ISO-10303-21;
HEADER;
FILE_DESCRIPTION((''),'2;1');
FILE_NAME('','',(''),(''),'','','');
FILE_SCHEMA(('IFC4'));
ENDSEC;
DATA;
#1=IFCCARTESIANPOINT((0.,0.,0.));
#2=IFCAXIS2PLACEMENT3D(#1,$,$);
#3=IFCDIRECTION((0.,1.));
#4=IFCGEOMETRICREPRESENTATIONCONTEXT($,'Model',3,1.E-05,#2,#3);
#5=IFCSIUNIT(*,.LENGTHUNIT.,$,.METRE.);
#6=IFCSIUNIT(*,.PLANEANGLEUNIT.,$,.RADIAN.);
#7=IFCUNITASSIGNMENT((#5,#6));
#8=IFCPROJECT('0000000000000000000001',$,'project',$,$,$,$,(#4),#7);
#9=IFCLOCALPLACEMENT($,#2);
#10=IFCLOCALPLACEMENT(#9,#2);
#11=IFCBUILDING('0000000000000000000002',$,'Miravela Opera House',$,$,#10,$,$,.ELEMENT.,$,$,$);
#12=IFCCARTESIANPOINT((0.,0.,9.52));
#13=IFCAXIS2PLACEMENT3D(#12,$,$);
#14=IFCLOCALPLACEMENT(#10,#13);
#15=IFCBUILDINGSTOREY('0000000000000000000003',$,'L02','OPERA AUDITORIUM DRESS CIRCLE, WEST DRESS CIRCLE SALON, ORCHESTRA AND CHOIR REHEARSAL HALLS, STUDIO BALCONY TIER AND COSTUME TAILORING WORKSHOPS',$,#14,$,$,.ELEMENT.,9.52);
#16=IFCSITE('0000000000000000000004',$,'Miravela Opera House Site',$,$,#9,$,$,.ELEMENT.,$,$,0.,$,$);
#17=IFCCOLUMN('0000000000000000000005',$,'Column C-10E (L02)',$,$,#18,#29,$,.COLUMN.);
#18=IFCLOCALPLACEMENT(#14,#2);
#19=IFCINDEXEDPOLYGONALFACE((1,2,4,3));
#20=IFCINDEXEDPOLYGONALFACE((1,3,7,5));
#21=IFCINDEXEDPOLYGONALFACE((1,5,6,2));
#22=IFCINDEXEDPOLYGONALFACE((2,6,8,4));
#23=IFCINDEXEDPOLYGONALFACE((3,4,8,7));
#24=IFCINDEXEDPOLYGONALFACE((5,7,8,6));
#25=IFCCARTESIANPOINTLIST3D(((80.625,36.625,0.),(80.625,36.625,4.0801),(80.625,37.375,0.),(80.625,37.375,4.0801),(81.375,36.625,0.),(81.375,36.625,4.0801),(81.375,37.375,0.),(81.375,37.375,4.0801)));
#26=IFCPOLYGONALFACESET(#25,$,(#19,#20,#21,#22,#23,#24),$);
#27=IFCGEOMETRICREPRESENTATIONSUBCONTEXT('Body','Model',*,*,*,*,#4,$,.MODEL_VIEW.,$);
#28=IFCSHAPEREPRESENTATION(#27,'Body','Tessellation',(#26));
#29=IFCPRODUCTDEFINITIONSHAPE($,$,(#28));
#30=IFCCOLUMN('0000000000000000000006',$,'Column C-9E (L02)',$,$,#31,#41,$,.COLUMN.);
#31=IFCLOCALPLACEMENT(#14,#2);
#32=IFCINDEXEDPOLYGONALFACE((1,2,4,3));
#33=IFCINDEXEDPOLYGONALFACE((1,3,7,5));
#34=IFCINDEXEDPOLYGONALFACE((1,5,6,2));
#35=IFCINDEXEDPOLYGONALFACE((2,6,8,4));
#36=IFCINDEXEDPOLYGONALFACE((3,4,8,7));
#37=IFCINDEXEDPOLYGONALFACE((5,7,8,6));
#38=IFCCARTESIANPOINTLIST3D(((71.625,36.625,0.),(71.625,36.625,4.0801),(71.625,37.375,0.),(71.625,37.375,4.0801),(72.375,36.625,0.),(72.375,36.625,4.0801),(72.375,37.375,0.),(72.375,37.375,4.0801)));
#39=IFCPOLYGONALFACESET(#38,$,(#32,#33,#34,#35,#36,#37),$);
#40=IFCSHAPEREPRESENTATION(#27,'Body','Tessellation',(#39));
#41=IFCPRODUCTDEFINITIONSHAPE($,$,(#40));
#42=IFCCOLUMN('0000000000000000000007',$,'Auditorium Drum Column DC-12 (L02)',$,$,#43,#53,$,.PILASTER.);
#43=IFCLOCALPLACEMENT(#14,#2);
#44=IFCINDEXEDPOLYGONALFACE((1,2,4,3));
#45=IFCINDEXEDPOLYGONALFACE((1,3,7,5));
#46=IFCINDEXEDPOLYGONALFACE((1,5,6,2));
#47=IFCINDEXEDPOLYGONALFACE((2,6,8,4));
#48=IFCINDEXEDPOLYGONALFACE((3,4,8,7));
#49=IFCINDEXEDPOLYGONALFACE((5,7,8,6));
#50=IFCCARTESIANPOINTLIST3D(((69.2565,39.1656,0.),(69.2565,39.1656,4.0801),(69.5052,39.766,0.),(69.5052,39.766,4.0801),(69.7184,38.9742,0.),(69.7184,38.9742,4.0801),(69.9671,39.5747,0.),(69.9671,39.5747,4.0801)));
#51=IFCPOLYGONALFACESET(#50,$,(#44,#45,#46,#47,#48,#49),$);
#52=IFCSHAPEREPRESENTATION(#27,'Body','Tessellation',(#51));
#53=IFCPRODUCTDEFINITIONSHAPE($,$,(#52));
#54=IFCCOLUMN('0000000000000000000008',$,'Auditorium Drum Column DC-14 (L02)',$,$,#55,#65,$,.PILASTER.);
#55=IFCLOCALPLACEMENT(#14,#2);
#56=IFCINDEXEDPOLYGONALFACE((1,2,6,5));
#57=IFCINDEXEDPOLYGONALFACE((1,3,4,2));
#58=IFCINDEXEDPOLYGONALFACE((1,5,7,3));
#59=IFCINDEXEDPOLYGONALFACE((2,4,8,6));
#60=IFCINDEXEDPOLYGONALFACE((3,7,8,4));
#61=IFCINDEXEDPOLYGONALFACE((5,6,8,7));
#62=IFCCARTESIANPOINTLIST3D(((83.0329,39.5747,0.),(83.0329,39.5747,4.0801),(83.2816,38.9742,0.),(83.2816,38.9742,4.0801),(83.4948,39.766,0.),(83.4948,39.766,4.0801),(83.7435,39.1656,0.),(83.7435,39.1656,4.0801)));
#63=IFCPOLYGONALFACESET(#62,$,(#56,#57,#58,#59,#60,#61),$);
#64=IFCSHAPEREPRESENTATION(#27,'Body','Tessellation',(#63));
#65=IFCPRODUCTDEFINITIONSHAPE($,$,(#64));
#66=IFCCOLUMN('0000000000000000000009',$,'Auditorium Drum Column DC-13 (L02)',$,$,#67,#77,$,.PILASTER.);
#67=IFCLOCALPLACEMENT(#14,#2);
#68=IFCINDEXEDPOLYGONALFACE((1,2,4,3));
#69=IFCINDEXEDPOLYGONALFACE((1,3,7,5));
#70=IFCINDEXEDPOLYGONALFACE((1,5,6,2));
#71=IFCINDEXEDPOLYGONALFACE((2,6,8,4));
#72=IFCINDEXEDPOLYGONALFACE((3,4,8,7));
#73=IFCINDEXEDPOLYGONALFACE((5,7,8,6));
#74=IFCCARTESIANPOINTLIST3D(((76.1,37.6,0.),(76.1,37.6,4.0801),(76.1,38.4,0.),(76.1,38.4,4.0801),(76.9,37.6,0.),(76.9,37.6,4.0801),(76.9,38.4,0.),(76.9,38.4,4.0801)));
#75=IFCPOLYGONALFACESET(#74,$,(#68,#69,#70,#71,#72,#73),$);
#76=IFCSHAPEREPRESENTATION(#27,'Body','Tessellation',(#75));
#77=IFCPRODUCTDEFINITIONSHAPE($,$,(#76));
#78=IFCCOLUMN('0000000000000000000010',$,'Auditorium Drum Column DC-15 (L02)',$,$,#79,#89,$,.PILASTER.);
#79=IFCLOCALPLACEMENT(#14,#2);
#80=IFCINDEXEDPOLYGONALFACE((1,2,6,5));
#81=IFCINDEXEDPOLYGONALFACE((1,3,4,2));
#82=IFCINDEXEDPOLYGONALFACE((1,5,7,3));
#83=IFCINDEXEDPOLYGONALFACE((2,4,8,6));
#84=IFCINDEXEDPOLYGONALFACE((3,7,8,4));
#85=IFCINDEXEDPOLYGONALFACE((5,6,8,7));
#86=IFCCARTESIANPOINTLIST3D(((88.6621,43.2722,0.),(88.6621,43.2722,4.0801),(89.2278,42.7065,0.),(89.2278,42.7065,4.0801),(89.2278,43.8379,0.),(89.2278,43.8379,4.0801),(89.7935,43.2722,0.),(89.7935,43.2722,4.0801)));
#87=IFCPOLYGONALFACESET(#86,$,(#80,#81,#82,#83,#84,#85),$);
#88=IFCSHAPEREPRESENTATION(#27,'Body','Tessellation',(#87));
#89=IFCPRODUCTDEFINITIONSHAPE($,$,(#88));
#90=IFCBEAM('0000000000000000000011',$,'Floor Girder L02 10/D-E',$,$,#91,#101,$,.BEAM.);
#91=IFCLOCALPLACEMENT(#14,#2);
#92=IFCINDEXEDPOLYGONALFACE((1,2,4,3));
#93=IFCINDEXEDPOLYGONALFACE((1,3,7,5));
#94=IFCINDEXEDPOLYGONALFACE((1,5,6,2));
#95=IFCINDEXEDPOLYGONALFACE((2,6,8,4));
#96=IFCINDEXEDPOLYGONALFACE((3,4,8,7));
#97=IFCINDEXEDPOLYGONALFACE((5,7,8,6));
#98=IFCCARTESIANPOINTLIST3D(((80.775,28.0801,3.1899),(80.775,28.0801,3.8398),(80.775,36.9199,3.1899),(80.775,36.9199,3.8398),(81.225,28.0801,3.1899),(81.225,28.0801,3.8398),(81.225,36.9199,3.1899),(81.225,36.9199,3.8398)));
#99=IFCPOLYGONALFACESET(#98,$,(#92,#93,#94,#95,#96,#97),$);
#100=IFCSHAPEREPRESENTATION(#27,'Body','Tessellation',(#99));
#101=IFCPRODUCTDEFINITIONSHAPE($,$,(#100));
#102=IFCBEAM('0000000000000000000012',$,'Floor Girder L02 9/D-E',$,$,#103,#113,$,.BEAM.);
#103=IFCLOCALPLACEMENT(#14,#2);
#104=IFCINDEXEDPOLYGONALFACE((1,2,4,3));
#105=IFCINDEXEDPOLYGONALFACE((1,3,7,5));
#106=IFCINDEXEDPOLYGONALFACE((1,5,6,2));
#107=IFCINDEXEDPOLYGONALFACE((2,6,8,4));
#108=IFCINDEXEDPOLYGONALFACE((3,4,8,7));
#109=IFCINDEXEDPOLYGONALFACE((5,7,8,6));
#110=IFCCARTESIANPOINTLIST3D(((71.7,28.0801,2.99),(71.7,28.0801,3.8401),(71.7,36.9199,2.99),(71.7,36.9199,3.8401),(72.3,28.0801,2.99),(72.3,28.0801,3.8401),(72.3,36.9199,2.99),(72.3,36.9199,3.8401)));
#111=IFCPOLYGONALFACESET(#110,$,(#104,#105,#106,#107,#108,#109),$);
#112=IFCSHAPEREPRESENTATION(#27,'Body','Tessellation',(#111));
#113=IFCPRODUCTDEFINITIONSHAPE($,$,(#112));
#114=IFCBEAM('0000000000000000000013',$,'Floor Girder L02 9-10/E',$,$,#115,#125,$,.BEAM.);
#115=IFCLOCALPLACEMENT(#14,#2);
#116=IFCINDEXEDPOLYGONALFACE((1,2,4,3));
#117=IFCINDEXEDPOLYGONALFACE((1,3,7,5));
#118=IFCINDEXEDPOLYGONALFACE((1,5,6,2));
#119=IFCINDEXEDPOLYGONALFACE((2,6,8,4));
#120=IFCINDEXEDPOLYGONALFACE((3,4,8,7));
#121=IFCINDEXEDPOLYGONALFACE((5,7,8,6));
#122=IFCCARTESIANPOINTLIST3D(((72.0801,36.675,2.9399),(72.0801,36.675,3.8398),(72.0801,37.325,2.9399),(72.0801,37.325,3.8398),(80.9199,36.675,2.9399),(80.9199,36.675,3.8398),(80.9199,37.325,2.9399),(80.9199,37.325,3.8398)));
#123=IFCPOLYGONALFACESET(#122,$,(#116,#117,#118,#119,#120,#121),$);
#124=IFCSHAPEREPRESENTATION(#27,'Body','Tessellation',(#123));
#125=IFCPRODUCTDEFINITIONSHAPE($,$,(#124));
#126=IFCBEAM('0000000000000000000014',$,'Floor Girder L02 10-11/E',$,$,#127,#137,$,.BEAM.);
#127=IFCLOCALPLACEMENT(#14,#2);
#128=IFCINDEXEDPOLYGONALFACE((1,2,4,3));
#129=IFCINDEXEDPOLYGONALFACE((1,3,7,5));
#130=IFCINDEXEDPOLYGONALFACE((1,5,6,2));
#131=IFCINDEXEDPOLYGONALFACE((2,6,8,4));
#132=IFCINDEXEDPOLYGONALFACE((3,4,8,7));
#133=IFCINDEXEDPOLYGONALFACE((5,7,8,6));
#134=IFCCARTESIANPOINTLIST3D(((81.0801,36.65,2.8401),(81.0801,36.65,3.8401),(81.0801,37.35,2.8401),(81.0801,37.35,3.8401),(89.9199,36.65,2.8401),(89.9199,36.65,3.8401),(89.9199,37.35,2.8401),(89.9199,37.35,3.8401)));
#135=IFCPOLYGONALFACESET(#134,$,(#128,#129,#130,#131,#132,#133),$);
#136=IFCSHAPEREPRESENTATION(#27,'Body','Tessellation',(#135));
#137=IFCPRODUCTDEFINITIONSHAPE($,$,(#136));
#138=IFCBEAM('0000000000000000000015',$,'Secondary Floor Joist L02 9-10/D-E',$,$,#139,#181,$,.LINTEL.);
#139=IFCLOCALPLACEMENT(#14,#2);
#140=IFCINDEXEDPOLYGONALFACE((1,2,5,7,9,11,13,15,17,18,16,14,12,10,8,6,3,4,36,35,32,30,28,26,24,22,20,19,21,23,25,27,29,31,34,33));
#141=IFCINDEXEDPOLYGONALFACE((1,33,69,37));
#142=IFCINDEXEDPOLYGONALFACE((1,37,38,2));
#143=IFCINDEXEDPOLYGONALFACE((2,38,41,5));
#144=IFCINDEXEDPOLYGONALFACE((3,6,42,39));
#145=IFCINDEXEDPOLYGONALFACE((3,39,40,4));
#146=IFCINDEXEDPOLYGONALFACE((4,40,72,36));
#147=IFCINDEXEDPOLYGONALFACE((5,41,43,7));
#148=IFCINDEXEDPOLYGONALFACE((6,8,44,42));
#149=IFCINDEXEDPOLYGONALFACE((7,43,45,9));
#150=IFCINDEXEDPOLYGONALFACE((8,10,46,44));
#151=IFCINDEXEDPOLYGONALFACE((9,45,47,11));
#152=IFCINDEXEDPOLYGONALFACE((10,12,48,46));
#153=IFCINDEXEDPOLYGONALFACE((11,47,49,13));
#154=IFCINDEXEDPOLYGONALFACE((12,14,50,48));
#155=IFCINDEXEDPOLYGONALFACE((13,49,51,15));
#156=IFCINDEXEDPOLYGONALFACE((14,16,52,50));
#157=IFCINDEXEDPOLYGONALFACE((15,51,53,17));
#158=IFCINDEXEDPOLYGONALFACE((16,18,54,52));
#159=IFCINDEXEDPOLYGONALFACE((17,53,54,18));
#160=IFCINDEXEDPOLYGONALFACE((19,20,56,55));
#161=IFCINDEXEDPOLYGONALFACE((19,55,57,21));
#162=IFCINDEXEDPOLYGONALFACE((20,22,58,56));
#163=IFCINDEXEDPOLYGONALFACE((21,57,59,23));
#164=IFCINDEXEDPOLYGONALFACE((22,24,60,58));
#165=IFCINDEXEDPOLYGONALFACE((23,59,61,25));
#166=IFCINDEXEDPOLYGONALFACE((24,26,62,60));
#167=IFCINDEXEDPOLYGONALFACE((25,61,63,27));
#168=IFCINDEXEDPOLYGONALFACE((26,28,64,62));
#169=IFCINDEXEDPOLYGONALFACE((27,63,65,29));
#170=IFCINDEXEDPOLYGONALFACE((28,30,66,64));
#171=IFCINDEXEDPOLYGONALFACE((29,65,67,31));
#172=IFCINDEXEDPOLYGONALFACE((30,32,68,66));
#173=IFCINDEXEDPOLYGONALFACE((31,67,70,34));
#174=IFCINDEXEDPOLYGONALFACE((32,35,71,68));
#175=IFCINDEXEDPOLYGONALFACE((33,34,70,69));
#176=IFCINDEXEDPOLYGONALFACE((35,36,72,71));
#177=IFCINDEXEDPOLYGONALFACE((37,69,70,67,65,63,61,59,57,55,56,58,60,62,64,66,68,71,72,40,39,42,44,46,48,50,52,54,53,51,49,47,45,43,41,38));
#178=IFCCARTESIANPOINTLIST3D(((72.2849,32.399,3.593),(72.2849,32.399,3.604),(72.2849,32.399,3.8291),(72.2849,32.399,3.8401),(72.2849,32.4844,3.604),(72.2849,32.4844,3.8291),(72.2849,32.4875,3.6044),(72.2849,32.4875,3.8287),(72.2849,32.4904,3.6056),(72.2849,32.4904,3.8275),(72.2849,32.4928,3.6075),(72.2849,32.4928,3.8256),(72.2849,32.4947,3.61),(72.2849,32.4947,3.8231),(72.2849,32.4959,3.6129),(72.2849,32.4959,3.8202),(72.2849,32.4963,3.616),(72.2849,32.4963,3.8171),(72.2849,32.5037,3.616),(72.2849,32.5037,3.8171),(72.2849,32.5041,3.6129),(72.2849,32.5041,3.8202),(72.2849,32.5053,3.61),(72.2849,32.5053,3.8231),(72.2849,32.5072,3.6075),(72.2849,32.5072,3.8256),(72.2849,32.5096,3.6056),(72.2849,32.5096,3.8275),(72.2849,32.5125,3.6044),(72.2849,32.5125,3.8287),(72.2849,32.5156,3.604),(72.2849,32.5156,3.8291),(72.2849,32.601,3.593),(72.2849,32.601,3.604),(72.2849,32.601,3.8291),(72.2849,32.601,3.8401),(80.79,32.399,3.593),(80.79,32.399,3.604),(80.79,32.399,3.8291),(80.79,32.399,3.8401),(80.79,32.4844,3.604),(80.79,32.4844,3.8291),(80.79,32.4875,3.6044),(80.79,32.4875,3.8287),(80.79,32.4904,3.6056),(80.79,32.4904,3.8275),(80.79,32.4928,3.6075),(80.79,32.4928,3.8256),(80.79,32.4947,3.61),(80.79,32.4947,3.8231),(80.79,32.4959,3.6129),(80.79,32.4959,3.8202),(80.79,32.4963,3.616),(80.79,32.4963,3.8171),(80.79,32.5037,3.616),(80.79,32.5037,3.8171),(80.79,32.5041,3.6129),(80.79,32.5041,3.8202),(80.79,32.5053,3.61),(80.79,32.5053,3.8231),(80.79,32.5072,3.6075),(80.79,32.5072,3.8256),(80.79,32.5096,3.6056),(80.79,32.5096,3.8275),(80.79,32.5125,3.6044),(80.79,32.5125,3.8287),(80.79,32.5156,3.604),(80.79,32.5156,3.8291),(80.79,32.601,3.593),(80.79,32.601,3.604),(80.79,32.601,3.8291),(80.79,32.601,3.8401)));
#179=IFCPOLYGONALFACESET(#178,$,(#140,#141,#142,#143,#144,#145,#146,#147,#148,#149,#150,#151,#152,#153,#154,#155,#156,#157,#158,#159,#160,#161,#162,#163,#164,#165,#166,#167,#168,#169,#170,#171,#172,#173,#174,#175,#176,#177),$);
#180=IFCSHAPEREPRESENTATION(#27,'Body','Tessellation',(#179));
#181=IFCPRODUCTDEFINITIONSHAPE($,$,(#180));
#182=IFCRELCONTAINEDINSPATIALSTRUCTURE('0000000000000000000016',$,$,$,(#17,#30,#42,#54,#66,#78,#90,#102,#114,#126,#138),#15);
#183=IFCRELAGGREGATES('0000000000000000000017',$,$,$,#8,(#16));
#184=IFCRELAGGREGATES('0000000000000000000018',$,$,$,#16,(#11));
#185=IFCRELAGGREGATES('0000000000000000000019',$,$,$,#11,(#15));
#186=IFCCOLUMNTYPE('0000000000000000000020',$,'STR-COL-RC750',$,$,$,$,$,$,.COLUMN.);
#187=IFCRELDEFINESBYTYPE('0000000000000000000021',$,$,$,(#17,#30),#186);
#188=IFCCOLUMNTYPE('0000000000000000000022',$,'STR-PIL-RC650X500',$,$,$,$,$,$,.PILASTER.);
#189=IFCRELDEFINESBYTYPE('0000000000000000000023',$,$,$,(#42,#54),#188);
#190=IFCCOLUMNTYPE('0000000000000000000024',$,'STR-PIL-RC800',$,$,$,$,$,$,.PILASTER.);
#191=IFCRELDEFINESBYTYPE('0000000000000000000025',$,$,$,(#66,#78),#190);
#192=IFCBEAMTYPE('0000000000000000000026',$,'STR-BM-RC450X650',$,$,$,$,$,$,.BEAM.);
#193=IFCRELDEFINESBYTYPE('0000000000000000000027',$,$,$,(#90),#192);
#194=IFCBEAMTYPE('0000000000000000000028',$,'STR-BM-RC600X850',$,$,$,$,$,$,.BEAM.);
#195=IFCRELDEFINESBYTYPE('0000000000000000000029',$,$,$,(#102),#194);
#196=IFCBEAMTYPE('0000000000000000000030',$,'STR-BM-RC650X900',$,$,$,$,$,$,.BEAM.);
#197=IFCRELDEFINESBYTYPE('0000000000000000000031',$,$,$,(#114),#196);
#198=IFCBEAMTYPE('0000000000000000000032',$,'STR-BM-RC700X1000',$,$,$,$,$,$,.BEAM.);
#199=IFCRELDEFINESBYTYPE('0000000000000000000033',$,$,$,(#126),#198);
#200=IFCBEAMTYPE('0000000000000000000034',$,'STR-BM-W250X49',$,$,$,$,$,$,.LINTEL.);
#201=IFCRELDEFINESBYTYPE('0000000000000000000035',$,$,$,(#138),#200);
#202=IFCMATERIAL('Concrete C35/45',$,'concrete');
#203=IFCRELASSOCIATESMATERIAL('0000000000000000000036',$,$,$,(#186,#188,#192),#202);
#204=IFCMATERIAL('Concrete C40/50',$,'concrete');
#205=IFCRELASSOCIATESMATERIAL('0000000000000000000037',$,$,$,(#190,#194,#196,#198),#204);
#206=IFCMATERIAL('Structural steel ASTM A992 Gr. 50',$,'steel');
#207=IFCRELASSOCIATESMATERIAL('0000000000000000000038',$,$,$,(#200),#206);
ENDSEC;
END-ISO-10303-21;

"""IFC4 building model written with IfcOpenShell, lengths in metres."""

from ifc_helpers import new_model, si_unit, direction, frame, origin, origin_2d, place, context, subcontext, project, spatial, rectangle, i_section, extrude, material, material_profile, profile_set, type_object, element, save


model = new_model("IFC4")

# Units and contexts
model_context = context("Model", 3, precision=1e-05, world=origin(), true_north=direction((0.0, 1.0)))
body_context = subcontext(model_context, "Body", "Model", "MODEL_VIEW")
ifc_project = project(units=[si_unit("LENGTHUNIT", "METRE"), si_unit("PLANEANGLEUNIT", "RADIAN")], contexts=[model_context])

# Site, building, storey
site_placement = place(None, origin())
site = spatial("IfcSite", under=ifc_project, at=site_placement, Name="Miravela Opera House Site", CompositionType="ELEMENT", RefElevation=0.0)
building_placement = place(site_placement, origin())
building = spatial("IfcBuilding", under=site, at=building_placement, Name="Miravela Opera House", CompositionType="ELEMENT")
storey_placement = place(building_placement, frame((0.0, 0.0, 9.52)))
storey = spatial("IfcBuildingStorey", under=building, at=storey_placement, Name="L02", Description="OPERA AUDITORIUM DRESS CIRCLE, WEST DRESS CIRCLE SALON, ORCHESTRA AND CHOIR REHEARSAL HALLS, STUDIO BALCONY TIER AND COSTUME TAILORING WORKSHOPS", CompositionType="ELEMENT", Elevation=9.52)

# Columns
ifc_material_1 = material(Name="Concrete C35/45", Category="concrete")
ifc_material_profile_1 = material_profile(ifc_material_1, rectangle(XDim=0.75, YDim=0.75, at=origin_2d()), Name="RC-COL-750X750")
ifc_profile_set_1 = profile_set([ifc_material_profile_1])
column_type_1 = type_object("IfcColumnType", Name="STR-COL-RC750", PredefinedType="COLUMN", material=ifc_profile_set_1)
for number, where, z_axis, x_axis, name in (
    (1, (81.0, 37.0, 0.0), (0.0, 0.0, 1.0), (1.0, 0.0, 0.0), "Column C-10E (L02)"),
    (2, (72.0, 37.0, 0.0), (0.0, 0.0, 1.0), (1.0, 0.0, 0.0), "Column C-9E (L02)"),
):
    element("IfcColumn", number, at=place(storey_placement, frame(where, z_axis=z_axis, x_axis=x_axis)), inside=storey, type_object=column_type_1, Name=name, PredefinedType="COLUMN", context=body_context, shape_type="SweptSolid", body=[
        extrude(rectangle(XDim=0.75, YDim=0.75, at=origin_2d()), origin(), (0.0, 0.0, 1.0), 4.0801),
    ])
ifc_material_profile_2 = material_profile(ifc_material_1, rectangle(XDim=0.6499, YDim=0.5, at=origin_2d()), Name="RC-PIL-650X500")
ifc_profile_set_2 = profile_set([ifc_material_profile_2])
column_type_2 = type_object("IfcColumnType", Name="STR-PIL-RC650X500", PredefinedType="PILASTER", material=ifc_profile_set_2)
for number, where, z_axis, x_axis, name in (
    (3, (69.6118, 39.3701, 0.0), (0.0, 0.0, 1.0), (-0.382683, -0.92388, 0.0), "Auditorium Drum Column DC-12 (L02)"),
    (4, (83.3882, 39.3701, 0.0), (0.0, 0.0, 1.0), (0.382683, -0.92388, 0.0), "Auditorium Drum Column DC-14 (L02)"),
):
    element("IfcColumn", number, at=place(storey_placement, frame(where, z_axis=z_axis, x_axis=x_axis)), inside=storey, type_object=column_type_2, Name=name, PredefinedType="PILASTER", context=body_context, shape_type="SweptSolid", body=[
        extrude(rectangle(XDim=0.6499, YDim=0.5, at=origin_2d()), origin(), (0.0, 0.0, 1.0), 4.0801),
    ])
ifc_material_2 = material(Name="Concrete C40/50", Category="concrete")
ifc_material_profile_3 = material_profile(ifc_material_2, rectangle(XDim=0.8, YDim=0.8, at=origin_2d()), Name="RC-COL-800X800")
ifc_profile_set_3 = profile_set([ifc_material_profile_3])
column_type_3 = type_object("IfcColumnType", Name="STR-PIL-RC800", PredefinedType="PILASTER", material=ifc_profile_set_3)
for number, where, z_axis, x_axis, name in (
    (5, (76.5, 38.0, 0.0), (0.0, 0.0, 1.0), (0.0, -1.0, 0.0), "Auditorium Drum Column DC-13 (L02)"),
    (6, (89.2278, 43.2722, 0.0), (0.0, 0.0, 1.0), (0.707107, -0.707107, 0.0), "Auditorium Drum Column DC-15 (L02)"),
):
    element("IfcColumn", number, at=place(storey_placement, frame(where, z_axis=z_axis, x_axis=x_axis)), inside=storey, type_object=column_type_3, Name=name, PredefinedType="PILASTER", context=body_context, shape_type="SweptSolid", body=[
        extrude(rectangle(XDim=0.8, YDim=0.8, at=origin_2d()), origin(), (0.0, 0.0, 1.0), 4.0801),
    ])

# Beams
ifc_material_profile_4 = material_profile(ifc_material_1, rectangle(XDim=0.45, YDim=0.6499, at=origin_2d()), Name="RC-BM-450X650")
ifc_profile_set_4 = profile_set([ifc_material_profile_4])
beam_type_1 = type_object("IfcBeamType", Name="STR-BM-RC450X650", PredefinedType="BEAM", material=ifc_profile_set_4)
beam_1_placement = place(storey_placement, frame((81.0, 28.0801, 3.5149), z_axis=(0.0, 1.0, 0.0), x_axis=(-1.0, 0.0, 0.0)))
element("IfcBeam", 7, at=beam_1_placement, inside=storey, type_object=beam_type_1, Name="Floor Girder L02 10/D-E", PredefinedType="BEAM", context=body_context, shape_type="SweptSolid", body=[
    extrude(rectangle(XDim=0.45, YDim=0.6499, at=origin_2d()), origin(), (0.0, 0.0, 1.0), 8.8398),
])
ifc_material_profile_5 = material_profile(ifc_material_2, rectangle(XDim=0.6001, YDim=0.8501, at=origin_2d()), Name="RC-BM-600X850")
ifc_profile_set_5 = profile_set([ifc_material_profile_5])
beam_type_2 = type_object("IfcBeamType", Name="STR-BM-RC600X850", PredefinedType="BEAM", material=ifc_profile_set_5)
beam_2_placement = place(storey_placement, frame((72.0, 28.0801, 3.415), z_axis=(0.0, 1.0, 0.0), x_axis=(-1.0, 0.0, 0.0)))
element("IfcBeam", 8, at=beam_2_placement, inside=storey, type_object=beam_type_2, Name="Floor Girder L02 9/D-E", PredefinedType="BEAM", context=body_context, shape_type="SweptSolid", body=[
    extrude(rectangle(XDim=0.6001, YDim=0.8501, at=origin_2d()), origin(), (0.0, 0.0, 1.0), 8.8398),
])
ifc_material_profile_6 = material_profile(ifc_material_2, rectangle(XDim=0.6499, YDim=0.8999, at=origin_2d()), Name="RC-BM-650X900")
ifc_profile_set_6 = profile_set([ifc_material_profile_6])
beam_type_3 = type_object("IfcBeamType", Name="STR-BM-RC650X900", PredefinedType="BEAM", material=ifc_profile_set_6)
beam_3_placement = place(storey_placement, frame((72.0801, 37.0, 3.3899), z_axis=(1.0, 0.0, 0.0), x_axis=(0.0, 1.0, 0.0)))
element("IfcBeam", 9, at=beam_3_placement, inside=storey, type_object=beam_type_3, Name="Floor Girder L02 9-10/E", PredefinedType="BEAM", context=body_context, shape_type="SweptSolid", body=[
    extrude(rectangle(XDim=0.6499, YDim=0.8999, at=origin_2d()), origin(), (0.0, 0.0, 1.0), 8.8398),
])
ifc_material_profile_7 = material_profile(ifc_material_2, rectangle(XDim=0.7, YDim=1.0, at=origin_2d()), Name="RC-BM-700X1000")
ifc_profile_set_7 = profile_set([ifc_material_profile_7])
beam_type_4 = type_object("IfcBeamType", Name="STR-BM-RC700X1000", PredefinedType="BEAM", material=ifc_profile_set_7)
beam_4_placement = place(storey_placement, frame((81.0801, 37.0, 3.3401), z_axis=(1.0, 0.0, 0.0), x_axis=(0.0, 1.0, 0.0)))
element("IfcBeam", 10, at=beam_4_placement, inside=storey, type_object=beam_type_4, Name="Floor Girder L02 10-11/E", PredefinedType="BEAM", context=body_context, shape_type="SweptSolid", body=[
    extrude(rectangle(XDim=0.7, YDim=1.0, at=origin_2d()), origin(), (0.0, 0.0, 1.0), 8.8398),
])
ifc_material_3 = material(Name="Structural steel ASTM A992 Gr. 50", Category="steel")
ifc_material_profile_8 = material_profile(ifc_material_3, i_section(OverallWidth=0.2019, OverallDepth=0.2471, WebThickness=0.0073, FlangeThickness=0.011, FilletRadius=0.012, at=origin_2d()), Name="W250X49")
ifc_profile_set_8 = profile_set([ifc_material_profile_8])
beam_type_5 = type_object("IfcBeamType", Name="STR-BM-W250X49", PredefinedType="LINTEL", material=ifc_profile_set_8)
beam_5_placement = place(storey_placement, frame((72.2849, 32.5, 3.7166), z_axis=(1.0, 0.0, 0.0), x_axis=(0.0, 1.0, 0.0)))
element("IfcBeam", 11, at=beam_5_placement, inside=storey, type_object=beam_type_5, Name="Secondary Floor Joist L02 9-10/D-E", PredefinedType="LINTEL", context=body_context, shape_type="SweptSolid", body=[
    extrude(i_section(OverallWidth=0.2019, OverallDepth=0.2471, WebThickness=0.0073, FlangeThickness=0.011, FilletRadius=0.012, at=origin_2d()), origin(), (0.0, 0.0, 1.0), 8.5051),
])

save(model, "model.ifc")
